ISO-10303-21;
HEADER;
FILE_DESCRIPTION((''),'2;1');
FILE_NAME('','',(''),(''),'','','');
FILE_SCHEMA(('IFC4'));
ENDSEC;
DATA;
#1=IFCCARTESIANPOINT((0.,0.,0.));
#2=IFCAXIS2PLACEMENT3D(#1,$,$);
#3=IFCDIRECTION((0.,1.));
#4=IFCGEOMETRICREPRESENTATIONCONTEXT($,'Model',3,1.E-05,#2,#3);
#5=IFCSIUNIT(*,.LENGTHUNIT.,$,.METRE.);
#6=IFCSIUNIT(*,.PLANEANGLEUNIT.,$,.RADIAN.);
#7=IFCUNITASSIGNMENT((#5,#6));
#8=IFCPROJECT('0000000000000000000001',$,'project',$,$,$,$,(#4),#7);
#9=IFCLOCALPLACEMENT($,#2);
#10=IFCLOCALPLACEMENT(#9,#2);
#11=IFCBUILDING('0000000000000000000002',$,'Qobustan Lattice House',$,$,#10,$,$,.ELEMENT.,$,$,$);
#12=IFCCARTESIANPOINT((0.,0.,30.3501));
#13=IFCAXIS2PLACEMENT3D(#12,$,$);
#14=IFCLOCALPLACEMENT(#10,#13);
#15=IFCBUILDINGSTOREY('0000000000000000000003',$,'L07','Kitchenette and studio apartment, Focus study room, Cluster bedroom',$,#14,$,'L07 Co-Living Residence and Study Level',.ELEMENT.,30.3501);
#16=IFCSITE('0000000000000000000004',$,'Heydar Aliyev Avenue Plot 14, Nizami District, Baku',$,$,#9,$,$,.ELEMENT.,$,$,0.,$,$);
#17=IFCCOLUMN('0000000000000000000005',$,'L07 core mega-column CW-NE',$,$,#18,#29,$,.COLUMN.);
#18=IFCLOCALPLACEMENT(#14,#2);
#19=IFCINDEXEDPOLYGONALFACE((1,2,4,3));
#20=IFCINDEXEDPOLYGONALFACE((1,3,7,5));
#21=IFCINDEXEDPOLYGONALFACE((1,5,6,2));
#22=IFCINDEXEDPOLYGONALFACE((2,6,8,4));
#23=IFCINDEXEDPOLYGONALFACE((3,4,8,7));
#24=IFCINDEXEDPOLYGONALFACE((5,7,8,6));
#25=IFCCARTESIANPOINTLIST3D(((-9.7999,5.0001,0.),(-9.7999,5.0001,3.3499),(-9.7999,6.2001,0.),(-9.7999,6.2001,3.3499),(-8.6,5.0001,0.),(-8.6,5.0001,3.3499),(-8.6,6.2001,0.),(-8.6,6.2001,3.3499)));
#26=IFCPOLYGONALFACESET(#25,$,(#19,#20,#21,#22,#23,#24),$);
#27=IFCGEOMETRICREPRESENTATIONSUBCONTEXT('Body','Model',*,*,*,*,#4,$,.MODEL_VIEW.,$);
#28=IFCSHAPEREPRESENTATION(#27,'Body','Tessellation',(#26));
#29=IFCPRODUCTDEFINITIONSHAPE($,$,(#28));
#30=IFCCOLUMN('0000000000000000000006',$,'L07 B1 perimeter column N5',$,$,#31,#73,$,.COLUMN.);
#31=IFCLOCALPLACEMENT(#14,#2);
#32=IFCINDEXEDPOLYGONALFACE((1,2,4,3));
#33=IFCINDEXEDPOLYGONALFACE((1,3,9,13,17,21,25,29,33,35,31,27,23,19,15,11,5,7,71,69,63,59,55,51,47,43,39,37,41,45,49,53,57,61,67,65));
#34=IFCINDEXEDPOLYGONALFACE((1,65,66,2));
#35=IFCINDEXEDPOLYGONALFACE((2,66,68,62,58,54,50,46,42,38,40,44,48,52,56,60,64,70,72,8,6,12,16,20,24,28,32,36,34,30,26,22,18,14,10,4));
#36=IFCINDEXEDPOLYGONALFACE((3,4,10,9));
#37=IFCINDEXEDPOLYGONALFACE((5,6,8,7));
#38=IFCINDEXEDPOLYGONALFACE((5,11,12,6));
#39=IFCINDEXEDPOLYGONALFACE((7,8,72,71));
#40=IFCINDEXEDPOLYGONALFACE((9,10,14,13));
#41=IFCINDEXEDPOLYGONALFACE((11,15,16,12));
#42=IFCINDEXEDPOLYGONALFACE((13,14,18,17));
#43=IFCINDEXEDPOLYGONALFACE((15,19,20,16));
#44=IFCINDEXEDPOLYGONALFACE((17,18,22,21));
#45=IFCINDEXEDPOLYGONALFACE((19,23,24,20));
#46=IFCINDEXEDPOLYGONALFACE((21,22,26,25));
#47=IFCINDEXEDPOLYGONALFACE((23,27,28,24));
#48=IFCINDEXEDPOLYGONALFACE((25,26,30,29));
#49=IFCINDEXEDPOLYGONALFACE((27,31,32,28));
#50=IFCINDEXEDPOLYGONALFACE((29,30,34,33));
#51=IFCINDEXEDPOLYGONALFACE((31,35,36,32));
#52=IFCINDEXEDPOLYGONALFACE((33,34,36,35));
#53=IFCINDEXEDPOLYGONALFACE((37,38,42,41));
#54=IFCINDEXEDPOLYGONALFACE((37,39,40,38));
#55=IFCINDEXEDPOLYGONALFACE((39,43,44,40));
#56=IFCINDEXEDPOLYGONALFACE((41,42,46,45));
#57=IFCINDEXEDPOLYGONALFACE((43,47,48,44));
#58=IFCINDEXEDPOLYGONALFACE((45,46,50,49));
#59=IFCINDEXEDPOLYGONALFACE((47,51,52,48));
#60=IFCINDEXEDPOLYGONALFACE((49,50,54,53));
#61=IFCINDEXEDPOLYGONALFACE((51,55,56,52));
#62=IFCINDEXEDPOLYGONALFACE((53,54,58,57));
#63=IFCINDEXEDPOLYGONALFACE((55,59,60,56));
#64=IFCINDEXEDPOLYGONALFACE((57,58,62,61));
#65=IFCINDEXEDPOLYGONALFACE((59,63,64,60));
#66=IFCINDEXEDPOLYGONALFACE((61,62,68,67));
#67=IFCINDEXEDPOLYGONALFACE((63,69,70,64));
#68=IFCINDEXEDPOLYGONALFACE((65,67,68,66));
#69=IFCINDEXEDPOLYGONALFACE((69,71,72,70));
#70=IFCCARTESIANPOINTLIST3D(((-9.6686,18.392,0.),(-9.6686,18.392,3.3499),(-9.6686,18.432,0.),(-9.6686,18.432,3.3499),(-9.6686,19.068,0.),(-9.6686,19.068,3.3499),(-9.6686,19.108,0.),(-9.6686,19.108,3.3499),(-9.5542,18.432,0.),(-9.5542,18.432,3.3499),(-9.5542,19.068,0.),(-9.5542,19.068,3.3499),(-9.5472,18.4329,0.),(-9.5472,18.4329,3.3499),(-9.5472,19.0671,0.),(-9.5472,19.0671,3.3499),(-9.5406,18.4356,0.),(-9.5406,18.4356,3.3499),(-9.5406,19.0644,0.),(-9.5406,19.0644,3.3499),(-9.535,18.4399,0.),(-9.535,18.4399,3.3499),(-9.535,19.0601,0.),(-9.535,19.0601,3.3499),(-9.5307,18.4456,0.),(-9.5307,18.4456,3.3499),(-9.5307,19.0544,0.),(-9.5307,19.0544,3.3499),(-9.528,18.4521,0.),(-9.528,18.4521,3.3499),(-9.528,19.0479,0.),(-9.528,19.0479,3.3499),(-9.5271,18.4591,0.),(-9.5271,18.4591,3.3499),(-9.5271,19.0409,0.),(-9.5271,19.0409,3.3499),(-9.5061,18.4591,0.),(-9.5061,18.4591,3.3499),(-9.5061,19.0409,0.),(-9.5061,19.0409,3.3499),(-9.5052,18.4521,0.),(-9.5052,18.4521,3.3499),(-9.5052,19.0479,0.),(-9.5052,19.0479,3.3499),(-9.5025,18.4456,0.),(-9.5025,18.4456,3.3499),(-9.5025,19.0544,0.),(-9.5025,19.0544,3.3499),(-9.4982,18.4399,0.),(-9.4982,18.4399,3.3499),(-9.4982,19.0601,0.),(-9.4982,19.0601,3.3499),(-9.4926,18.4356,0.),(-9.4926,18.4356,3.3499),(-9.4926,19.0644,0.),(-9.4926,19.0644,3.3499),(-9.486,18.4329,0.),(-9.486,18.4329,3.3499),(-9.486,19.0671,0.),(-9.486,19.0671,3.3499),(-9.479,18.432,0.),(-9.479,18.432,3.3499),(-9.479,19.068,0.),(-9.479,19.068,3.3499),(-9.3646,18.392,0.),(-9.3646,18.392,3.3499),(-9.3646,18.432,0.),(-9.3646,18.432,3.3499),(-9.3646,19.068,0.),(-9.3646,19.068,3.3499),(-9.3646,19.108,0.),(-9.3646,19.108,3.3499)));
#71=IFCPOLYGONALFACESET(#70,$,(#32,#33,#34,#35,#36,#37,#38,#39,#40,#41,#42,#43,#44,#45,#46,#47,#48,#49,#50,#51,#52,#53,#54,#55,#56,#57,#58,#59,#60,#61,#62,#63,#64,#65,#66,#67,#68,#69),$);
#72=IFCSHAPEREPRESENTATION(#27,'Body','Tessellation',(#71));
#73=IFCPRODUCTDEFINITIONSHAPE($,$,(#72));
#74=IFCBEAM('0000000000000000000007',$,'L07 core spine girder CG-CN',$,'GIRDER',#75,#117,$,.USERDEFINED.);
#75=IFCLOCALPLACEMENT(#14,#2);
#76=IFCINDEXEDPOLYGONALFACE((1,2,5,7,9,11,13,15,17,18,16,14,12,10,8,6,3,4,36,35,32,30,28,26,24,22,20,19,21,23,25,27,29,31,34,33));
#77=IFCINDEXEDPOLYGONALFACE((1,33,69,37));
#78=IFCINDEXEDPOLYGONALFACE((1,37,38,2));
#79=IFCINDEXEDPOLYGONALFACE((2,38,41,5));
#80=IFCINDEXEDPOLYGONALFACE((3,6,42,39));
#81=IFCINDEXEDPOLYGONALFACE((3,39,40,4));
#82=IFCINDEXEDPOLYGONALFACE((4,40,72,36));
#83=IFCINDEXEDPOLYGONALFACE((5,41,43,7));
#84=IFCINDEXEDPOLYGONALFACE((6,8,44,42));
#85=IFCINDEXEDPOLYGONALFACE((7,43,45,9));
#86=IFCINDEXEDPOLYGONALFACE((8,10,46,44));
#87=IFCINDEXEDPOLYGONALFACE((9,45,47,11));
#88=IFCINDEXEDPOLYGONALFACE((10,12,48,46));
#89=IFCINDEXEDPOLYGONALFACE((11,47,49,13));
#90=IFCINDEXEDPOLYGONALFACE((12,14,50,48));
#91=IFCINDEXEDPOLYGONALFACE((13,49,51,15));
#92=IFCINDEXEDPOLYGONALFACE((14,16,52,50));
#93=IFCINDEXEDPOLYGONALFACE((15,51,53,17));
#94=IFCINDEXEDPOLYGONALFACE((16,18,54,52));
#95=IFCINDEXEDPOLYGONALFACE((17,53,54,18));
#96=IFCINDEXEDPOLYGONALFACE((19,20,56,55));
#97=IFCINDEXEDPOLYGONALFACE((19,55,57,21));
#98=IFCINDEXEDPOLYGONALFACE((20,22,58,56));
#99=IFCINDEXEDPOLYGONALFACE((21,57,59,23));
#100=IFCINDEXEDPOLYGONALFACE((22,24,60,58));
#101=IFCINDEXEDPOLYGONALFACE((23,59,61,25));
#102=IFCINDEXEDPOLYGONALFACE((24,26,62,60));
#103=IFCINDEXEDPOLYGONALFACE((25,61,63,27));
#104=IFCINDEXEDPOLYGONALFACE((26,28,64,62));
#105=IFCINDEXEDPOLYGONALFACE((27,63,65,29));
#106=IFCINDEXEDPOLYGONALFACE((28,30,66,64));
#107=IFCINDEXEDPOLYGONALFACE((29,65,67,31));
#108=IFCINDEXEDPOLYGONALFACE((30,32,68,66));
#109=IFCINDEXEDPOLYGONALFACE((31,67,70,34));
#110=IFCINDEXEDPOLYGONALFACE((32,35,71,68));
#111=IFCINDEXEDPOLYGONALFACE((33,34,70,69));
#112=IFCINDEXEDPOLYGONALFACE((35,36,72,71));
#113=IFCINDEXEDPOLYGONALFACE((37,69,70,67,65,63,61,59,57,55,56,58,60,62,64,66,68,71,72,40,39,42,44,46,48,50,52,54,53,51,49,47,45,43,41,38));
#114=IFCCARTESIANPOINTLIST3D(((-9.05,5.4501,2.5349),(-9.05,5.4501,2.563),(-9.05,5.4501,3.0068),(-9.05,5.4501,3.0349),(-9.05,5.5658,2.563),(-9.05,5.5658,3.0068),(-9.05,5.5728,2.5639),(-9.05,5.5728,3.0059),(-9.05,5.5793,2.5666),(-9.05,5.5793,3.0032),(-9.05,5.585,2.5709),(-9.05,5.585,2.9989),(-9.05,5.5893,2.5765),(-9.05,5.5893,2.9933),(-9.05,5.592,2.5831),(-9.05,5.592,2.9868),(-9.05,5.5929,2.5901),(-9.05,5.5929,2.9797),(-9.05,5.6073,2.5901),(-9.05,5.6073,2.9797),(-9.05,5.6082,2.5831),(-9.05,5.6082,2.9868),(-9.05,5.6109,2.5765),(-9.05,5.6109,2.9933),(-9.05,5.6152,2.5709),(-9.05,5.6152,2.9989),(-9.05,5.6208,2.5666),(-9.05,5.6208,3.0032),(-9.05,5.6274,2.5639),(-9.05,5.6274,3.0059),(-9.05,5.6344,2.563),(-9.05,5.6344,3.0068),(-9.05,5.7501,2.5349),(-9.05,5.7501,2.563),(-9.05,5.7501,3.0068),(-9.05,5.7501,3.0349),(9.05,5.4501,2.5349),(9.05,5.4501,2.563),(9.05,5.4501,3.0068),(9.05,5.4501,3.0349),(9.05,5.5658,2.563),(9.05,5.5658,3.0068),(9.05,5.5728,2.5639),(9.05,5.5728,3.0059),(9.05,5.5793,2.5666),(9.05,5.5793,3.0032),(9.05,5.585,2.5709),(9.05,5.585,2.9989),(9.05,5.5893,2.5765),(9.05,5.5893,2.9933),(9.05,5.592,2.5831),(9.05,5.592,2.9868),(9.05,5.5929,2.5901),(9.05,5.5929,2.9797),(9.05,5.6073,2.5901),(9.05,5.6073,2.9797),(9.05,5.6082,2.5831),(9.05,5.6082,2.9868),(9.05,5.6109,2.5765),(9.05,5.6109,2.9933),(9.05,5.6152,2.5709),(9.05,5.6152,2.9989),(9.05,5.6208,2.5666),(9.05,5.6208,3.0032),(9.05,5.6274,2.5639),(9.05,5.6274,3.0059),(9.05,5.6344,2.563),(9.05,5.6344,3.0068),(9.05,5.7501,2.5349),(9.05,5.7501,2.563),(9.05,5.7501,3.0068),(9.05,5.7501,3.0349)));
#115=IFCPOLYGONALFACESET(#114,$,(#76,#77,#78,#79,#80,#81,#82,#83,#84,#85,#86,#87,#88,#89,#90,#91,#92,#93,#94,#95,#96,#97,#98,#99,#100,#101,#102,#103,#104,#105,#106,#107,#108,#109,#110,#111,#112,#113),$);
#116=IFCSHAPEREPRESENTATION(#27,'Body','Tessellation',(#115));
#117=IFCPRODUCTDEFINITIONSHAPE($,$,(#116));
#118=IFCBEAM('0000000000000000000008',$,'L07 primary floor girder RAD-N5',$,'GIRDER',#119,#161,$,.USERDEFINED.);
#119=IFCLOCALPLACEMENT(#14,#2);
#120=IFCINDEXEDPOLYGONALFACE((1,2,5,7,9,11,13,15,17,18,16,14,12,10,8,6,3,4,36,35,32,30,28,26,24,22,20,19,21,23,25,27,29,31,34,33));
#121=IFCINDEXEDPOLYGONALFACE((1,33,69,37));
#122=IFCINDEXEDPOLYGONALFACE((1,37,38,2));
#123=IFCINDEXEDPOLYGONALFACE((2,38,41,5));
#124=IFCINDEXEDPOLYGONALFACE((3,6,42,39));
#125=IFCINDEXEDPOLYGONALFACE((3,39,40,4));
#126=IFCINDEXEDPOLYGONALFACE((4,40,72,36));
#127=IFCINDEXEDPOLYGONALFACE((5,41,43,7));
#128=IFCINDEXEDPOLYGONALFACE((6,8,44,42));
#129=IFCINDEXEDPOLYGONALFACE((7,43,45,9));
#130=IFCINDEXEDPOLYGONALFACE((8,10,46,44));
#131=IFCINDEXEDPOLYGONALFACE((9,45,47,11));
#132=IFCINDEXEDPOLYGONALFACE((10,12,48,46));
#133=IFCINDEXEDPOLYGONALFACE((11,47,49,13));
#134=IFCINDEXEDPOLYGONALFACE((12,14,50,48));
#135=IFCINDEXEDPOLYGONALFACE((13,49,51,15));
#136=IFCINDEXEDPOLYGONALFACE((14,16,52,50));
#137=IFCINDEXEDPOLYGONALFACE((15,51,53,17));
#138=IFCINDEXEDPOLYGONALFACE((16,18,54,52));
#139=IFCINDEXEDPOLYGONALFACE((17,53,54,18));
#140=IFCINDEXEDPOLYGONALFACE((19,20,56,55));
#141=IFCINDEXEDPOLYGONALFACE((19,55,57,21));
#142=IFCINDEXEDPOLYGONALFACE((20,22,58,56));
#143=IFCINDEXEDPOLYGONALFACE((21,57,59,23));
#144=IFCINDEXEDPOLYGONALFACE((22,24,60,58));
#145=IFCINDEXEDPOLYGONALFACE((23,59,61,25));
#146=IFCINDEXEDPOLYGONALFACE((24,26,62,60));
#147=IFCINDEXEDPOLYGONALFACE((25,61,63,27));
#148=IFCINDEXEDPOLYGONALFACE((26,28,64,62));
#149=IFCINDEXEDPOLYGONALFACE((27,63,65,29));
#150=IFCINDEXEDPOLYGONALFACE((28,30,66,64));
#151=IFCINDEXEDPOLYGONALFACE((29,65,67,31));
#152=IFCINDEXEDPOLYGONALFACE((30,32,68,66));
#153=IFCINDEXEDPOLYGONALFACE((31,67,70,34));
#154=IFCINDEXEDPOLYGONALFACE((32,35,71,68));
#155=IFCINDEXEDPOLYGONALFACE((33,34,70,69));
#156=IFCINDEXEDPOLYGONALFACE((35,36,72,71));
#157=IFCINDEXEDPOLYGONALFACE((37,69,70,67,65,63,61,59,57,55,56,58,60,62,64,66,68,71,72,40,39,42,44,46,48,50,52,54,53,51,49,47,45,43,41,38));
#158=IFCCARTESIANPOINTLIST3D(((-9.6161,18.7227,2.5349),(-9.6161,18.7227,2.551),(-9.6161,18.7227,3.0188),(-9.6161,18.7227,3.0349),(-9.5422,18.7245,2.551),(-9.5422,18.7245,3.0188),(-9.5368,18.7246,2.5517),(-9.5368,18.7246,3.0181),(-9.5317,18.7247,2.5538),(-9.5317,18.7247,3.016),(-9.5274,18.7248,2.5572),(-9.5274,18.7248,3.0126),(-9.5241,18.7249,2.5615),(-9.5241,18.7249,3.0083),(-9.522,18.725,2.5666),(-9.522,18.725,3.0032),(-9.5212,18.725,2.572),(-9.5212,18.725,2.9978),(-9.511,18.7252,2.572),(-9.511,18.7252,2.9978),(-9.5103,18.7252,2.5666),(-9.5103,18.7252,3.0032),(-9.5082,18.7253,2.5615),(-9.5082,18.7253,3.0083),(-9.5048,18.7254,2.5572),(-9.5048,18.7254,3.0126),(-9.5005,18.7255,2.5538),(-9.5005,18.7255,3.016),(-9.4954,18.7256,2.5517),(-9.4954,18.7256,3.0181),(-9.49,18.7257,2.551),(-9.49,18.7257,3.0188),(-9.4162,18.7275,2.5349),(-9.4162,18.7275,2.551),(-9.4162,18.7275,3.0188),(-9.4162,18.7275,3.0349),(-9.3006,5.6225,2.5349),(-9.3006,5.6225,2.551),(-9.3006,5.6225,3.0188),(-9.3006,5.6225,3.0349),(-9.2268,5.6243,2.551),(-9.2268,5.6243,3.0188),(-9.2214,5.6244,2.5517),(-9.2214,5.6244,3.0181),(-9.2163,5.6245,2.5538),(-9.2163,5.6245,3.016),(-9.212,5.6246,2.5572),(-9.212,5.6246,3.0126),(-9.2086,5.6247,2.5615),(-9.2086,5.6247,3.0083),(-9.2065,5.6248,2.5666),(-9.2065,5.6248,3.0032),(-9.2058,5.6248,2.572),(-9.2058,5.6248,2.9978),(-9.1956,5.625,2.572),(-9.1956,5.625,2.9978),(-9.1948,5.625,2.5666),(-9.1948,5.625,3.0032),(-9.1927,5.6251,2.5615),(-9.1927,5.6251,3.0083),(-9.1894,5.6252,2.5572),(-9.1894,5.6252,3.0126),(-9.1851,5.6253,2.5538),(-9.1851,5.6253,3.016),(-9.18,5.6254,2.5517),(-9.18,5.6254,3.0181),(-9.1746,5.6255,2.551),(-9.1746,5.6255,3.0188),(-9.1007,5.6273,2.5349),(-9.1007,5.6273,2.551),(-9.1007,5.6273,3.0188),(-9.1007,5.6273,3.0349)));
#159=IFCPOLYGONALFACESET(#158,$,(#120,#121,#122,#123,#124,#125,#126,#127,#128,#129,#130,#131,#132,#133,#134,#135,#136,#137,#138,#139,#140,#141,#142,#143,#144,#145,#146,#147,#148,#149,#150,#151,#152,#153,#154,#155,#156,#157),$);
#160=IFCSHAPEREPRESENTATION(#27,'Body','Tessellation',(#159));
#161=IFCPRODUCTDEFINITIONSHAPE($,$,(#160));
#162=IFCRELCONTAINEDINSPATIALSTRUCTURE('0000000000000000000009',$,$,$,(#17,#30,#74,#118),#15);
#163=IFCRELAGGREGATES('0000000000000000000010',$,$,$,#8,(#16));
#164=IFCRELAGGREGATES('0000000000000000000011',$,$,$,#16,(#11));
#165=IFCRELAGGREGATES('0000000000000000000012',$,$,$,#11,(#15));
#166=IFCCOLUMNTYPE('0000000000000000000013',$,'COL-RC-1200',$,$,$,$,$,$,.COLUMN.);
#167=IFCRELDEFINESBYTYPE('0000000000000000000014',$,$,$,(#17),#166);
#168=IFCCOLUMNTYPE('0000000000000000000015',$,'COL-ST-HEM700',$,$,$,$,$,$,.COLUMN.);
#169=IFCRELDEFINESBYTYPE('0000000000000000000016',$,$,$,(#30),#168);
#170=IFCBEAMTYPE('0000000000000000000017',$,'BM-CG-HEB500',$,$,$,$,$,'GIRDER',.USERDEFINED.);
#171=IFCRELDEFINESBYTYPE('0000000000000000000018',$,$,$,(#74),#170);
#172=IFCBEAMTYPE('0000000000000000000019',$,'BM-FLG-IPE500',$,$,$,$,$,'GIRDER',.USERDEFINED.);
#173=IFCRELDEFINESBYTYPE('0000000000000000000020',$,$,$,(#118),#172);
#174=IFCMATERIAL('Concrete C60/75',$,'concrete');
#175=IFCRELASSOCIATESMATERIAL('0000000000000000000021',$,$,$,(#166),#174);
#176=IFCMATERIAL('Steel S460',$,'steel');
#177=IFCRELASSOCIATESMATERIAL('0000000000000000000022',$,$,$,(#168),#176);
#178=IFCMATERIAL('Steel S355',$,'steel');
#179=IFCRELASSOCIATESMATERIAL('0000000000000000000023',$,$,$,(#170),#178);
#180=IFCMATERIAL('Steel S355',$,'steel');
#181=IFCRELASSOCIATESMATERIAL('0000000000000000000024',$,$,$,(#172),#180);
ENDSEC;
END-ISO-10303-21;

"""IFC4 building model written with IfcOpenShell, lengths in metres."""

from ifc_helpers import new_model, si_unit, direction, frame, origin, origin_2d, place, context, subcontext, project, spatial, rectangle, i_section, extrude, material, material_profile, profile_set, type_object, element, save


model = new_model("IFC4")

# Units and contexts
model_context = context("Model", 3, precision=1e-05, world=origin(), true_north=direction((0.0, 1.0)))
body_context = subcontext(model_context, "Body", "Model", "MODEL_VIEW")
ifc_project = project(units=[si_unit("LENGTHUNIT", "METRE"), si_unit("PLANEANGLEUNIT", "RADIAN")], contexts=[model_context])

# Site, building, storey
site_placement = place(None, origin())
site = spatial("IfcSite", under=ifc_project, at=site_placement, Name="Heydar Aliyev Avenue Plot 14, Nizami District, Baku", CompositionType="ELEMENT", RefElevation=0.0)
building_placement = place(site_placement, origin())
building = spatial("IfcBuilding", under=site, at=building_placement, Name="Qobustan Lattice House", CompositionType="ELEMENT")
storey_placement = place(building_placement, frame((0.0, 0.0, 30.3501)))
storey = spatial("IfcBuildingStorey", under=building, at=storey_placement, Name="L07", Description="Kitchenette and studio apartment, Focus study room, Cluster bedroom", LongName="L07 Co-Living Residence and Study Level", CompositionType="ELEMENT", Elevation=30.3501)

# Columns
ifc_material_1 = material(Name="Concrete C60/75", Category="concrete")
ifc_material_profile_1 = material_profile(ifc_material_1, rectangle(XDim=1.2, YDim=1.2, at=origin_2d()), Name="RC1200x1200")
ifc_profile_set_1 = profile_set([ifc_material_profile_1], Name="Concrete C60/75")
column_type_1 = type_object("IfcColumnType", Name="COL-RC-1200", PredefinedType="COLUMN", material=ifc_profile_set_1)
column_1_placement = place(storey_placement, frame((-9.2, 5.6001, 0.0), z_axis=(0.0, 0.0, 1.0), x_axis=(1.0, 0.0, 0.0)))
element("IfcColumn", 1, at=column_1_placement, inside=storey, type_object=column_type_1, Name="L07 core mega-column CW-NE", PredefinedType="COLUMN", context=body_context, shape_type="SweptSolid", body=[
    extrude(rectangle(XDim=1.2, YDim=1.2, at=origin_2d()), origin(), (0.0, 0.0, 1.0), 3.3499),
])
ifc_material_2 = material(Name="Steel S460", Category="steel")
ifc_material_profile_2 = material_profile(ifc_material_2, i_section(OverallWidth=0.304, OverallDepth=0.7161, WebThickness=0.021, FlangeThickness=0.04, FilletRadius=0.0271, at=origin_2d()), Name="HEM700")
ifc_profile_set_2 = profile_set([ifc_material_profile_2], Name="Steel S460")
column_type_2 = type_object("IfcColumnType", Name="COL-ST-HEM700", PredefinedType="COLUMN", material=ifc_profile_set_2)
column_2_placement = place(storey_placement, frame((-9.5166, 18.75, 0.0), z_axis=(0.0, 0.0, 1.0), x_axis=(1.0, 0.0, 0.0)))
element("IfcColumn", 2, at=column_2_placement, inside=storey, type_object=column_type_2, Name="L07 B1 perimeter column N5", PredefinedType="COLUMN", context=body_context, shape_type="SweptSolid", body=[
    extrude(i_section(OverallWidth=0.304, OverallDepth=0.7161, WebThickness=0.021, FlangeThickness=0.04, FilletRadius=0.0271, at=origin_2d()), origin(), (0.0, 0.0, 1.0), 3.3499),
])

# Beams
ifc_material_3 = material(Name="Steel S355", Category="steel")
ifc_material_profile_3 = material_profile(ifc_material_3, i_section(OverallWidth=0.3, OverallDepth=0.5, WebThickness=0.0144, FlangeThickness=0.0281, FilletRadius=0.0271, at=origin_2d()), Name="HEB500")
ifc_profile_set_3 = profile_set([ifc_material_profile_3], Name="Steel S355")
beam_type_1 = type_object("IfcBeamType", Name="BM-CG-HEB500", ElementType="GIRDER", PredefinedType="USERDEFINED", material=ifc_profile_set_3)
beam_1_placement = place(storey_placement, frame((-9.05, 5.6001, 2.7849), z_axis=(1.0, 0.0, 0.0), x_axis=(0.0, 1.0, 0.0)))
element("IfcBeam", 3, at=beam_1_placement, inside=storey, type_object=beam_type_1, Name="L07 core spine girder CG-CN", ObjectType="GIRDER", PredefinedType="USERDEFINED", context=body_context, shape_type="SweptSolid", body=[
    extrude(i_section(OverallWidth=0.3, OverallDepth=0.5, WebThickness=0.0144, FlangeThickness=0.0281, FilletRadius=0.0271, at=origin_2d()), origin(), (0.0, 0.0, 1.0), 18.1001),
])
ifc_material_4 = material(Name="Steel S355", Category="steel")
ifc_material_profile_4 = material_profile(ifc_material_4, i_section(OverallWidth=0.2, OverallDepth=0.5, WebThickness=0.0103, FlangeThickness=0.0161, FilletRadius=0.021, at=origin_2d()), Name="IPE500")
ifc_profile_set_4 = profile_set([ifc_material_profile_4], Name="Steel S355")
beam_type_2 = type_object("IfcBeamType", Name="BM-FLG-IPE500", ElementType="GIRDER", PredefinedType="USERDEFINED", material=ifc_profile_set_4)
beam_2_placement = place(storey_placement, frame((-9.5161, 18.7251, 2.7849), z_axis=(0.024071, -0.99971, 0.0), x_axis=(0.99971, 0.024071, 0.0)))
element("IfcBeam", 4, at=beam_2_placement, inside=storey, type_object=beam_type_2, Name="L07 primary floor girder RAD-N5", ObjectType="GIRDER", PredefinedType="USERDEFINED", context=body_context, shape_type="SweptSolid", body=[
    extrude(i_section(OverallWidth=0.2, OverallDepth=0.5, WebThickness=0.0103, FlangeThickness=0.0161, FilletRadius=0.021, at=origin_2d()), origin(), (0.0, 0.0, 1.0), 13.104),
])

save(model, "model.ifc")
